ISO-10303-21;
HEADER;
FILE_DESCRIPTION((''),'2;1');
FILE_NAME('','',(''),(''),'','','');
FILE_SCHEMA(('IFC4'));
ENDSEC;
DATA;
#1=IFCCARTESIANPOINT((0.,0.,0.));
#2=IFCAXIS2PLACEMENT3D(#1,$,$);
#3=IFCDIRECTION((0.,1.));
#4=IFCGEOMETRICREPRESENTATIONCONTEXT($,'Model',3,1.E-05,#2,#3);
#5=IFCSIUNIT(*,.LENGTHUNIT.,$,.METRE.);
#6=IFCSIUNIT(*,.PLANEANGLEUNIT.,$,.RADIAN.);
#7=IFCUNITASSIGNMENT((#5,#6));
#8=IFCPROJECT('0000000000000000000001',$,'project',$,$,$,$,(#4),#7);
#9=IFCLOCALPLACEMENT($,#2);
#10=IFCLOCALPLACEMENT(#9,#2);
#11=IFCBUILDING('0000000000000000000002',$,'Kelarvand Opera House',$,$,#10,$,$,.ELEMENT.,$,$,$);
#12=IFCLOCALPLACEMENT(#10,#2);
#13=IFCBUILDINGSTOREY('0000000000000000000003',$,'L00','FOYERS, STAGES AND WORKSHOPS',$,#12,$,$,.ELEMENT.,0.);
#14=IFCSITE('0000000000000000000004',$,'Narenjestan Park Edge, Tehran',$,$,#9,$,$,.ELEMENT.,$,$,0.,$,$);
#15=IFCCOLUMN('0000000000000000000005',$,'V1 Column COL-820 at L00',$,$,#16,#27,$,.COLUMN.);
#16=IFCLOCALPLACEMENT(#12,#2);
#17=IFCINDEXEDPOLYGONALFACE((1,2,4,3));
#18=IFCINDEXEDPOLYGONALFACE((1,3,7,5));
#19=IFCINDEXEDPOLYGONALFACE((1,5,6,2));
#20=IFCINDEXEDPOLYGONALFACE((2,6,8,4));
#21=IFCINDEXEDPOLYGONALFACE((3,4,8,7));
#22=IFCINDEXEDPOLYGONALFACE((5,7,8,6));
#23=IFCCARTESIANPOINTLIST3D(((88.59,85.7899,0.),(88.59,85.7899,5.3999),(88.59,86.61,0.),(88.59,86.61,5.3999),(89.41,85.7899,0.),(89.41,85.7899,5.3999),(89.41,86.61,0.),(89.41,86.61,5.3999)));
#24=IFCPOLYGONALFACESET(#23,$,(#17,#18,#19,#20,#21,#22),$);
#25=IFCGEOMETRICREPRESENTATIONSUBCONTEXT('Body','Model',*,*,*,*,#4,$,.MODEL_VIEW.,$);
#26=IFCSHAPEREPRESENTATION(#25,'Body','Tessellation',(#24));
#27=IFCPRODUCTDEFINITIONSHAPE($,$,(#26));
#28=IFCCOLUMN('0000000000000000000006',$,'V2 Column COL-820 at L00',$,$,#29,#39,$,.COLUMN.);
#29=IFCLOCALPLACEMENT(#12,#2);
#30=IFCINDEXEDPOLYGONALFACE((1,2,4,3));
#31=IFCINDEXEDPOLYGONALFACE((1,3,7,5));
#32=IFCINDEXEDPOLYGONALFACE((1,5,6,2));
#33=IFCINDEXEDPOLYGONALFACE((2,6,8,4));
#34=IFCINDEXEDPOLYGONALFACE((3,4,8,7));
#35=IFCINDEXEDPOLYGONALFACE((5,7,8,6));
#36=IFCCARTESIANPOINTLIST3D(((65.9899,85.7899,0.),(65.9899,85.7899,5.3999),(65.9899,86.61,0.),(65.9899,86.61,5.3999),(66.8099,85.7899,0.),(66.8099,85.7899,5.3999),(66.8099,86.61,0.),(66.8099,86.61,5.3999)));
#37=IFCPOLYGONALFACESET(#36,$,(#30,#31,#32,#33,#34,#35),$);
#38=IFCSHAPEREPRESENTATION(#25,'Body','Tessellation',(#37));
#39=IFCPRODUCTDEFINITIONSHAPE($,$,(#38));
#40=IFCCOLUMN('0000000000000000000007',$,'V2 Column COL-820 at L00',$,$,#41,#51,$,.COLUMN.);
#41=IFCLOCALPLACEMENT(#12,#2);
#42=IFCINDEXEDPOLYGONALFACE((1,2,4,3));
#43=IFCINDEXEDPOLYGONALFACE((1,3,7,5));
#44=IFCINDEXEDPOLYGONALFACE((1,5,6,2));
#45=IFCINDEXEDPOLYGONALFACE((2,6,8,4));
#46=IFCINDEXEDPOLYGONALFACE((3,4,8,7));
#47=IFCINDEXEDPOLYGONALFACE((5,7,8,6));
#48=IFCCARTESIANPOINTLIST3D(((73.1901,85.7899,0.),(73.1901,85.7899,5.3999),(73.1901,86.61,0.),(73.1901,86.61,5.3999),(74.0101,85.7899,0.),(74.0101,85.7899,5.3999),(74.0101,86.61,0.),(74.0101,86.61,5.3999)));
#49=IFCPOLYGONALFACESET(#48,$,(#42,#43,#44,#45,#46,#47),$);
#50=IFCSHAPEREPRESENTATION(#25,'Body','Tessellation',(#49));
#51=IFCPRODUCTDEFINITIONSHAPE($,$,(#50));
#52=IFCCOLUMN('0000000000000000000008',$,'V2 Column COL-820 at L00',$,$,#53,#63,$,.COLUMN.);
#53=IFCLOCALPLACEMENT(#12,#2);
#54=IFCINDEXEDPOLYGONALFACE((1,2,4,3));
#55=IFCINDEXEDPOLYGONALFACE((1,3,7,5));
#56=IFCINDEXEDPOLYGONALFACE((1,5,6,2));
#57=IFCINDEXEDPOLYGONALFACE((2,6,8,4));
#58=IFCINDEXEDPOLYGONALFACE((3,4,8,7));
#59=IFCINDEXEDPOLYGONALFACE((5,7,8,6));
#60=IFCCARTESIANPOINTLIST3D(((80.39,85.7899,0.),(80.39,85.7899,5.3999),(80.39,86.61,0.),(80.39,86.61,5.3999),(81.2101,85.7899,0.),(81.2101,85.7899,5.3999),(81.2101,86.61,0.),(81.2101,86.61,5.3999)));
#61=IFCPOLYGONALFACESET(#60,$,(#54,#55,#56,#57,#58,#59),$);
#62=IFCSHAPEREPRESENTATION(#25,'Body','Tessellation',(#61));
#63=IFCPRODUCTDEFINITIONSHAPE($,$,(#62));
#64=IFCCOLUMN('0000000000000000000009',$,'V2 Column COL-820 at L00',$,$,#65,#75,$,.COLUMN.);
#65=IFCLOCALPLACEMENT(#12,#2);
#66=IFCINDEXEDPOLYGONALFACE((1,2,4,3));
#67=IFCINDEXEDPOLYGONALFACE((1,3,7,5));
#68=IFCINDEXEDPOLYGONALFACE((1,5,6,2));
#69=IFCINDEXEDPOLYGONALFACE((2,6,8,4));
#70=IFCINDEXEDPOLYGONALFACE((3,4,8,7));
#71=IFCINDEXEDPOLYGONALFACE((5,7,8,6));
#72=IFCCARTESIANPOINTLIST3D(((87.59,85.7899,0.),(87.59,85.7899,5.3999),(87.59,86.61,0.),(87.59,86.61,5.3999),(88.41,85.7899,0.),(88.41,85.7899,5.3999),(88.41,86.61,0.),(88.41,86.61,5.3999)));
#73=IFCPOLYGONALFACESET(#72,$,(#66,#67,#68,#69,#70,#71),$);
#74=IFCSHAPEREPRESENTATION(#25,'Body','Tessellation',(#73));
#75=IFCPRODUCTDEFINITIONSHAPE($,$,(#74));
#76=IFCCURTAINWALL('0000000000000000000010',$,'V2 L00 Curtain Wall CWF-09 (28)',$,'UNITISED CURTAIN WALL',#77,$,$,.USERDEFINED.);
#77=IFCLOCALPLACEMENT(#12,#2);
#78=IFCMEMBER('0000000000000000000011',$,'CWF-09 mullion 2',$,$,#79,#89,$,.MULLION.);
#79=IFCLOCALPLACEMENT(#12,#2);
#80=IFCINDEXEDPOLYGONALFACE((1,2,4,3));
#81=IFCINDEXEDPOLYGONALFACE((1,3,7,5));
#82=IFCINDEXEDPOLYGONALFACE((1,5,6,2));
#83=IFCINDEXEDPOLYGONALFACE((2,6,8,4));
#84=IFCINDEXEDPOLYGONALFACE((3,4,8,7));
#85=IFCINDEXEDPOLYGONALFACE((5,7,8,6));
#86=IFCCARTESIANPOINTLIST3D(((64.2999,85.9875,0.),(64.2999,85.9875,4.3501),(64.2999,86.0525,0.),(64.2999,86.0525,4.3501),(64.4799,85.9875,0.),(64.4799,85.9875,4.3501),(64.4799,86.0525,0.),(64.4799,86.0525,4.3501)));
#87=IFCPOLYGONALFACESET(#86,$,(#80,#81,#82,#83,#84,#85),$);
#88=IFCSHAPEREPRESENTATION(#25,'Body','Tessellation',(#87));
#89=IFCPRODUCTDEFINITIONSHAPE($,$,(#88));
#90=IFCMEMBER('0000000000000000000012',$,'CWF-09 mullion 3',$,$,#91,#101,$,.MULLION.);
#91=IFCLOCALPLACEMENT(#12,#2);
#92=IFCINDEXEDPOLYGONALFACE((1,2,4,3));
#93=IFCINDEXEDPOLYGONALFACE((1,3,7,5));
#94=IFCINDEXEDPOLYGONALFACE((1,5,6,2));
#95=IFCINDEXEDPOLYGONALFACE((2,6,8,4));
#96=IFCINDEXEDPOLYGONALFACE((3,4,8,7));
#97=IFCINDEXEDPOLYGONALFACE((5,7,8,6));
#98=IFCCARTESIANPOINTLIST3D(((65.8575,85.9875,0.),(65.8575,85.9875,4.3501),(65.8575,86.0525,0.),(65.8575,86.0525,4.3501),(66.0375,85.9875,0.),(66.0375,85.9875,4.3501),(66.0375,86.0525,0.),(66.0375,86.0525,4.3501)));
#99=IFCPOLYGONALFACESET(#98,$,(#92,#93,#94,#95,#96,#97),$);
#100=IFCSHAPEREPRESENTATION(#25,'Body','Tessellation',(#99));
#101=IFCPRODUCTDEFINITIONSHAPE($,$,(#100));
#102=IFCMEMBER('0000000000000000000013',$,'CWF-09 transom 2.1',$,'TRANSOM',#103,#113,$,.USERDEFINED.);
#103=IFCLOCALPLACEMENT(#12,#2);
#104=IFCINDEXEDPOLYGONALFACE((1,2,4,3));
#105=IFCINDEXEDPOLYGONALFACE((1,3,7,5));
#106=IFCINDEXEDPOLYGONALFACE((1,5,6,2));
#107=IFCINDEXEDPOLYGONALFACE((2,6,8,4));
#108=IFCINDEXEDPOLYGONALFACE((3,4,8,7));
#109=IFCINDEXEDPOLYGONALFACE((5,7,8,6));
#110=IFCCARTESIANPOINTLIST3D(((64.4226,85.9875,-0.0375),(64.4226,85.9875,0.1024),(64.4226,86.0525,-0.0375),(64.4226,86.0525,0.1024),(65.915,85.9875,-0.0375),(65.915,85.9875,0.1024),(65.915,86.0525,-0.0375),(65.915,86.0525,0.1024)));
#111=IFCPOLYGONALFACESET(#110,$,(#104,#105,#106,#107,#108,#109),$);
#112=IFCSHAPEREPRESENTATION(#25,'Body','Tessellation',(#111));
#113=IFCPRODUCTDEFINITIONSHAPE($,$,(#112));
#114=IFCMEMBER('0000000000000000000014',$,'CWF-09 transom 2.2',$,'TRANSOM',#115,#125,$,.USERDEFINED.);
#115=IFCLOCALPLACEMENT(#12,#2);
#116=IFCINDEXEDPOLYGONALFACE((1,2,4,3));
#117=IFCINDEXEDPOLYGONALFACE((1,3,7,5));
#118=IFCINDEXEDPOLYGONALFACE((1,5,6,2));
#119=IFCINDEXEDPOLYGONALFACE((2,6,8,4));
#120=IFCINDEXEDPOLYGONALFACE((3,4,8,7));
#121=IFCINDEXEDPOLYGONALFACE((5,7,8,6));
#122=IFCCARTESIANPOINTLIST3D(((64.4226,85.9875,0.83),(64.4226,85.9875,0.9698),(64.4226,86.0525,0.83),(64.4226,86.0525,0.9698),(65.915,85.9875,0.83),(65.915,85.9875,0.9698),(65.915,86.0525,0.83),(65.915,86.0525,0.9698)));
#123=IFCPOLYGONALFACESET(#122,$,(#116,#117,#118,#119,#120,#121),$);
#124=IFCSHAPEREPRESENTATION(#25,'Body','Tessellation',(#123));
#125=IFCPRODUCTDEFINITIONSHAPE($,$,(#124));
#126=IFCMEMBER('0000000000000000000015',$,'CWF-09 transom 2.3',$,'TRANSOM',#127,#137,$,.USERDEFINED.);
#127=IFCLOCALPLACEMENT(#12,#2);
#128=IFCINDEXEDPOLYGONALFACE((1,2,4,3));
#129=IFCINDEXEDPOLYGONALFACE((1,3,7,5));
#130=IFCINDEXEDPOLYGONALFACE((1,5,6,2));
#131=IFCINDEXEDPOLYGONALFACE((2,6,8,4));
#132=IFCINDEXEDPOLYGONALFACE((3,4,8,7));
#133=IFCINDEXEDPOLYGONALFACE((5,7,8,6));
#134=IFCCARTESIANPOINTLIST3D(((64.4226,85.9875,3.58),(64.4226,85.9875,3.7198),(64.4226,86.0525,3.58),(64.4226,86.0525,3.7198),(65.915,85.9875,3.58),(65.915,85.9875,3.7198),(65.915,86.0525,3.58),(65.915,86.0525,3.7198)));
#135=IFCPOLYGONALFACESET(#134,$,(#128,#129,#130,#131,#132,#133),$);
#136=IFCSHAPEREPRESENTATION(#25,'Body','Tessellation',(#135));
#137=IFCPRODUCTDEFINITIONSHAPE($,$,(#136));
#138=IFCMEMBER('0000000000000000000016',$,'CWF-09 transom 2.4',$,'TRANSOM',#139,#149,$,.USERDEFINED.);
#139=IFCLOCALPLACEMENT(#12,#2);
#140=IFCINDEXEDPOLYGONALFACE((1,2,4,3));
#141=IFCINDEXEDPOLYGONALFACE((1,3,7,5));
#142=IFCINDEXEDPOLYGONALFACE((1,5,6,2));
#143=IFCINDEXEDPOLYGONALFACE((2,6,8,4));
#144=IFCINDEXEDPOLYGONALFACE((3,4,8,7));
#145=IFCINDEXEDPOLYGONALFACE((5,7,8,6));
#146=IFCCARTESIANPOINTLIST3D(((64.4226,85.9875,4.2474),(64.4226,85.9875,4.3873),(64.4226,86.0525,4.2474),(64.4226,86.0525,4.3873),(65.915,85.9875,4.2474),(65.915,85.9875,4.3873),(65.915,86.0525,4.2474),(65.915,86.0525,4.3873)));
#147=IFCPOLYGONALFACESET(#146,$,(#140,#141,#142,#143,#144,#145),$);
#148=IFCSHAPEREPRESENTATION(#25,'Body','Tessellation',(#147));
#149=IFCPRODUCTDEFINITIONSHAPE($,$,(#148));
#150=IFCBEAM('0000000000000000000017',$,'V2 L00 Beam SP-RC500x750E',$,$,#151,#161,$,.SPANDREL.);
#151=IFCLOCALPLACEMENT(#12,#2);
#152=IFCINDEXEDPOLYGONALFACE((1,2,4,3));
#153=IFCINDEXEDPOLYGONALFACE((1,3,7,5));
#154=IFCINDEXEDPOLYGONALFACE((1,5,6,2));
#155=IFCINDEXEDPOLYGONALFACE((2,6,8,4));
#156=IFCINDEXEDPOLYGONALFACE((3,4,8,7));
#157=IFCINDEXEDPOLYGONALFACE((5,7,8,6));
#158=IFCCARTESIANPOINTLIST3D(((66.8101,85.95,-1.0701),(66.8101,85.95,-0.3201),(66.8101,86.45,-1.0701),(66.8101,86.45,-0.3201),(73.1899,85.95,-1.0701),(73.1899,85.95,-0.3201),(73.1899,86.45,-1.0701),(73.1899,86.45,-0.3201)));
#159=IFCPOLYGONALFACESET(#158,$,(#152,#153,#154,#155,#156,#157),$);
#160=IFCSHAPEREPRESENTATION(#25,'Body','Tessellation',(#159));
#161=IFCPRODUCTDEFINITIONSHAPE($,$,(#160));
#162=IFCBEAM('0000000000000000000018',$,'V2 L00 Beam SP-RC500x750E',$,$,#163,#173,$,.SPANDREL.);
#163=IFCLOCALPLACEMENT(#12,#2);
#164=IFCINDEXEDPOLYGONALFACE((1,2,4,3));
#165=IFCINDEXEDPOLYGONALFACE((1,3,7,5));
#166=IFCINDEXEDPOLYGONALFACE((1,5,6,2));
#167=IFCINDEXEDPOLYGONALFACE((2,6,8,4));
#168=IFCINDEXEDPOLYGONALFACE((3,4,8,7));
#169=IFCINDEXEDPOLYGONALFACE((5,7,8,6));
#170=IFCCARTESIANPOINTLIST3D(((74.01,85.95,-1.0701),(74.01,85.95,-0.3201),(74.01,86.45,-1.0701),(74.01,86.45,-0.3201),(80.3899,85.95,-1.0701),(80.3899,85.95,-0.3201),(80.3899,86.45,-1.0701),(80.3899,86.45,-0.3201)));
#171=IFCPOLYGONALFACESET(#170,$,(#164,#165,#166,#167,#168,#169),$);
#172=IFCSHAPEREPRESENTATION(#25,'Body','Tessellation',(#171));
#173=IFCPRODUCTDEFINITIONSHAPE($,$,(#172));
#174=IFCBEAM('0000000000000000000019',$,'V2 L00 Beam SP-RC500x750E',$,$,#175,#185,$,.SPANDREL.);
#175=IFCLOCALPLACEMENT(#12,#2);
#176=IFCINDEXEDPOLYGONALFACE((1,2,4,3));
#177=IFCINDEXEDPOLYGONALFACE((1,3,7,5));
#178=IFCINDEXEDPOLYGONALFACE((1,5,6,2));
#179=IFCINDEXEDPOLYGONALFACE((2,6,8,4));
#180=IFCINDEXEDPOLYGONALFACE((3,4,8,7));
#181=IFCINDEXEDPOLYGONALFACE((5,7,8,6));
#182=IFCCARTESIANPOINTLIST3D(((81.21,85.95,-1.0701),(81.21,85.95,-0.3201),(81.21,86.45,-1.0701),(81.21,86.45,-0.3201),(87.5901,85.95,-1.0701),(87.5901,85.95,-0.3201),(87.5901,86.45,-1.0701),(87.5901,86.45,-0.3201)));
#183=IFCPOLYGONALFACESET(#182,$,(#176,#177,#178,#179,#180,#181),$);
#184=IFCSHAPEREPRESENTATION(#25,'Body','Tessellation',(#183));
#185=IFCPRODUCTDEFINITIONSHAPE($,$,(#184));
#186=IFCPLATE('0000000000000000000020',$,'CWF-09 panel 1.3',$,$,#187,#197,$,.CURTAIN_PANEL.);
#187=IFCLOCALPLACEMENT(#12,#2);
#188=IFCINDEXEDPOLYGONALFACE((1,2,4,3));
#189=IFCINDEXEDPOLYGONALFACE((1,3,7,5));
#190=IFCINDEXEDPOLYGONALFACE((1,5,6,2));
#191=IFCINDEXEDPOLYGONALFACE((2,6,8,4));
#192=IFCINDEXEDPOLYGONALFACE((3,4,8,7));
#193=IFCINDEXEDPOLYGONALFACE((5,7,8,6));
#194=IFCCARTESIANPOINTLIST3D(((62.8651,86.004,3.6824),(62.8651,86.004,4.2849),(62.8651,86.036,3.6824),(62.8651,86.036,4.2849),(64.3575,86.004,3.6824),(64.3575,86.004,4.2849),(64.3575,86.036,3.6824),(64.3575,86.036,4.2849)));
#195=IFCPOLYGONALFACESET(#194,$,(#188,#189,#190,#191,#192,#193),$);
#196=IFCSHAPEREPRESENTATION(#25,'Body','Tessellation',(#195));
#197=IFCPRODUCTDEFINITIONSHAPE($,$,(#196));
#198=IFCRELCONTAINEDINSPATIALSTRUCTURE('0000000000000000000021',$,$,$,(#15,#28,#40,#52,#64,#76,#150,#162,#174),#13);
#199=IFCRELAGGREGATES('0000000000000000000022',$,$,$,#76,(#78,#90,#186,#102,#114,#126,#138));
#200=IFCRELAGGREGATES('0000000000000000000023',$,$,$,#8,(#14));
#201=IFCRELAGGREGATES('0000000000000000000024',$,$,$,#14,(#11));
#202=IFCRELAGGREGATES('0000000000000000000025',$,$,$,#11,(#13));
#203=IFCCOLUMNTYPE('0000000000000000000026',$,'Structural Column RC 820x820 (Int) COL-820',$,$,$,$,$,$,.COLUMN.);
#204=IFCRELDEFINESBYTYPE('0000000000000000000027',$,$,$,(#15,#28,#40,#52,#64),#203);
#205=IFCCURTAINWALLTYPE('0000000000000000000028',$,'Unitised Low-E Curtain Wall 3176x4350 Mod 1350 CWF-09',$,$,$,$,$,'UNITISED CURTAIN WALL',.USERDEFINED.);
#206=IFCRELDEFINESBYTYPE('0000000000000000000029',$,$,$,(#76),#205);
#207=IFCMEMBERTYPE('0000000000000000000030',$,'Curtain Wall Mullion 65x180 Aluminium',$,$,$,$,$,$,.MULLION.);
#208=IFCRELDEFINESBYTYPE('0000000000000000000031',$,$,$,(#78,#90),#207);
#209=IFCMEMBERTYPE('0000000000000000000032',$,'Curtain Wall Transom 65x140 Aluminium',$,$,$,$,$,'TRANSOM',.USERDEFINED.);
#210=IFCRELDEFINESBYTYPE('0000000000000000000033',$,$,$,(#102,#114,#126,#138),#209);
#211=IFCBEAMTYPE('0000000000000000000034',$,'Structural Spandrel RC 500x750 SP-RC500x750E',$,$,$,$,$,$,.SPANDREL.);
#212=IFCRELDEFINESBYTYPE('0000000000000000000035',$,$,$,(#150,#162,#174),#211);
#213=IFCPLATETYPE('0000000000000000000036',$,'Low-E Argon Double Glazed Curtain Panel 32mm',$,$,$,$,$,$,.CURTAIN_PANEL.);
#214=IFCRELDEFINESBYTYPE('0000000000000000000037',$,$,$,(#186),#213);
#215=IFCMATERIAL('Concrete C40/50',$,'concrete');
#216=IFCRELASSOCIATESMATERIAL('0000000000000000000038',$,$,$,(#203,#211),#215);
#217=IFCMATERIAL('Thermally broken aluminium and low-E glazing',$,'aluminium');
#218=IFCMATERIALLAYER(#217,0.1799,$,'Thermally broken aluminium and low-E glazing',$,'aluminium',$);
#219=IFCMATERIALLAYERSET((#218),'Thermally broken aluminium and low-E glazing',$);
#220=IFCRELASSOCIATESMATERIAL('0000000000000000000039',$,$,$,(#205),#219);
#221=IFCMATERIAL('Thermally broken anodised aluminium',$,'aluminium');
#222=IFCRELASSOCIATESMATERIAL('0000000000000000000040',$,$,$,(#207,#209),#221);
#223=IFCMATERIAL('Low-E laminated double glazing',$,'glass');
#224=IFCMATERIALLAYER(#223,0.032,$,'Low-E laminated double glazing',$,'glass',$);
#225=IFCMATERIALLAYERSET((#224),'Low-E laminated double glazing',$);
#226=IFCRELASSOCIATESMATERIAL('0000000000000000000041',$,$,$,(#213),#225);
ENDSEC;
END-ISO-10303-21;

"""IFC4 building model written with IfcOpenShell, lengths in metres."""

from ifc_helpers import new_model, si_unit, direction, frame, origin, origin_2d, place, context, subcontext, project, spatial, rectangle, extrude, material, layer, layer_set, material_profile, profile_set, type_object, element, aggregate, save


model = new_model("IFC4")

# Units and contexts
model_context = context("Model", 3, precision=1e-05, world=origin(), true_north=direction((0.0, 1.0)))
body_context = subcontext(model_context, "Body", "Model", "MODEL_VIEW")
ifc_project = project(units=[si_unit("LENGTHUNIT", "METRE"), si_unit("PLANEANGLEUNIT", "RADIAN")], contexts=[model_context])

# Site, building, storey
site_placement = place(None, origin())
site = spatial("IfcSite", under=ifc_project, at=site_placement, Name="Narenjestan Park Edge, Tehran", CompositionType="ELEMENT", RefElevation=0.0)
building_placement = place(site_placement, origin())
building = spatial("IfcBuilding", under=site, at=building_placement, Name="Kelarvand Opera House", CompositionType="ELEMENT")
storey_placement = place(building_placement, origin())
storey = spatial("IfcBuildingStorey", under=building, at=storey_placement, Name="L00", Description="FOYERS, STAGES AND WORKSHOPS", CompositionType="ELEMENT", Elevation=0.0)

# Columns
ifc_material_1 = material(Name="Concrete C40/50", Category="concrete")
ifc_material_profile_1 = material_profile(ifc_material_1, rectangle(XDim=0.8201, YDim=0.8201, at=origin_2d()), Name="RC 820x820", Category="concrete")
ifc_profile_set_1 = profile_set([ifc_material_profile_1], Name="Concrete C40/50")
column_type = type_object("IfcColumnType", Name="Structural Column RC 820x820 (Int) COL-820", PredefinedType="COLUMN", material=ifc_profile_set_1)
for number, where, z_axis, x_axis, name in (
    (1, (89.0, 86.2, 0.0), (0.0, 0.0, 1.0), (1.0, 0.0, 0.0), "V1 Column COL-820 at L00"),
    (2, (66.3999, 86.2, 0.0), (0.0, 0.0, 1.0), (1.0, 0.0, 0.0), "V2 Column COL-820 at L00"),
    (3, (73.6001, 86.2, 0.0), (0.0, 0.0, 1.0), (1.0, 0.0, 0.0), "V2 Column COL-820 at L00"),
    (4, (80.8, 86.2, 0.0), (0.0, 0.0, 1.0), (1.0, 0.0, 0.0), "V2 Column COL-820 at L00"),
    (5, (88.0, 86.2, 0.0), (0.0, 0.0, 1.0), (1.0, 0.0, 0.0), "V2 Column COL-820 at L00"),
):
    element("IfcColumn", number, at=place(storey_placement, frame(where, z_axis=z_axis, x_axis=x_axis)), inside=storey, type_object=column_type, Name=name, PredefinedType="COLUMN", context=body_context, shape_type="SweptSolid", body=[
        extrude(rectangle(XDim=0.8201, YDim=0.8201, at=origin_2d()), origin(), (0.0, 0.0, 1.0), 5.3999),
    ])

# Curtain wall, members
ifc_material_2 = material(Name="Thermally broken aluminium and low-E glazing", Category="aluminium")
ifc_layer_1 = layer(ifc_material_2, 0.1799, Name="Thermally broken aluminium and low-E glazing", Category="aluminium")
ifc_layer_set_1 = layer_set([ifc_layer_1], Name="Thermally broken aluminium and low-E glazing")
curtain_wall_type = type_object("IfcCurtainWallType", Name="Unitised Low-E Curtain Wall 3176x4350 Mod 1350 CWF-09", ElementType="UNITISED CURTAIN WALL", PredefinedType="USERDEFINED", material=ifc_layer_set_1)
curtain_wall_placement = place(storey_placement, origin())
curtain_wall = element("IfcCurtainWall", 6, at=curtain_wall_placement, inside=storey, type_object=curtain_wall_type, Name="V2 L00 Curtain Wall CWF-09 (28)", ObjectType="UNITISED CURTAIN WALL", PredefinedType="USERDEFINED")
ifc_material_3 = material(Name="Thermally broken anodised aluminium", Category="aluminium")
ifc_material_profile_2 = material_profile(ifc_material_3, rectangle(XDim=0.0649, YDim=0.1799, at=origin_2d()), Name="ALU MULLION 65x180", Category="aluminium")
ifc_profile_set_2 = profile_set([ifc_material_profile_2], Name="Thermally broken anodised aluminium")
member_type_1 = type_object("IfcMemberType", Name="Curtain Wall Mullion 65x180 Aluminium", PredefinedType="MULLION", material=ifc_profile_set_2)
member_1_placement = place(storey_placement, frame((64.3899, 86.02, 0.0), z_axis=(0.0, 0.0, 1.0), x_axis=(0.0, 1.0, 0.0)))
member_1 = element("IfcMember", 7, at=member_1_placement, type_object=member_type_1, Name="CWF-09 mullion 2", PredefinedType="MULLION", context=body_context, shape_type="SweptSolid", body=[
    extrude(rectangle(XDim=0.0649, YDim=0.1799, at=origin_2d()), origin(), (0.0, 0.0, 1.0), 4.3501),
])
member_2_placement = place(storey_placement, frame((65.9475, 86.02, 0.0), z_axis=(0.0, 0.0, 1.0), x_axis=(0.0, 1.0, 0.0)))
member_2 = element("IfcMember", 8, at=member_2_placement, type_object=member_type_1, Name="CWF-09 mullion 3", PredefinedType="MULLION", context=body_context, shape_type="SweptSolid", body=[
    extrude(rectangle(XDim=0.0649, YDim=0.1799, at=origin_2d()), origin(), (0.0, 0.0, 1.0), 4.3501),
])
ifc_material_profile_3 = material_profile(ifc_material_3, rectangle(XDim=0.0649, YDim=0.1399, at=origin_2d()), Name="ALU TRANSOM 65x140", Category="aluminium")
ifc_profile_set_3 = profile_set([ifc_material_profile_3], Name="Thermally broken anodised aluminium")
member_type_2 = type_object("IfcMemberType", Name="Curtain Wall Transom 65x140 Aluminium", ElementType="TRANSOM", PredefinedType="USERDEFINED", material=ifc_profile_set_3)
member_3_placement = place(storey_placement, frame((64.4226, 86.02, 0.0325), z_axis=(1.0, 0.0, 0.0), x_axis=(0.0, 1.0, 0.0)))
member_3 = element("IfcMember", 9, at=member_3_placement, type_object=member_type_2, Name="CWF-09 transom 2.1", ObjectType="TRANSOM", PredefinedType="USERDEFINED", context=body_context, shape_type="SweptSolid", body=[
    extrude(rectangle(XDim=0.0649, YDim=0.1399, at=origin_2d()), origin(), (0.0, 0.0, 1.0), 1.4924),
])
member_4_placement = place(storey_placement, frame((64.4226, 86.02, 0.8999), z_axis=(1.0, 0.0, 0.0), x_axis=(0.0, 1.0, 0.0)))
member_4 = element("IfcMember", 10, at=member_4_placement, type_object=member_type_2, Name="CWF-09 transom 2.2", ObjectType="TRANSOM", PredefinedType="USERDEFINED", context=body_context, shape_type="SweptSolid", body=[
    extrude(rectangle(XDim=0.0649, YDim=0.1399, at=origin_2d()), origin(), (0.0, 0.0, 1.0), 1.4924),
])
member_5_placement = place(storey_placement, frame((64.4226, 86.02, 3.6499), z_axis=(1.0, 0.0, 0.0), x_axis=(0.0, 1.0, 0.0)))
member_5 = element("IfcMember", 11, at=member_5_placement, type_object=member_type_2, Name="CWF-09 transom 2.3", ObjectType="TRANSOM", PredefinedType="USERDEFINED", context=body_context, shape_type="SweptSolid", body=[
    extrude(rectangle(XDim=0.0649, YDim=0.1399, at=origin_2d()), origin(), (0.0, 0.0, 1.0), 1.4924),
])
member_6_placement = place(storey_placement, frame((64.4226, 86.02, 4.3174), z_axis=(1.0, 0.0, 0.0), x_axis=(0.0, 1.0, 0.0)))
member_6 = element("IfcMember", 12, at=member_6_placement, type_object=member_type_2, Name="CWF-09 transom 2.4", ObjectType="TRANSOM", PredefinedType="USERDEFINED", context=body_context, shape_type="SweptSolid", body=[
    extrude(rectangle(XDim=0.0649, YDim=0.1399, at=origin_2d()), origin(), (0.0, 0.0, 1.0), 1.4924),
])

# Beams
ifc_material_profile_4 = material_profile(ifc_material_1, rectangle(XDim=0.5, YDim=0.75, at=origin_2d()), Name="RC 500x750", Category="concrete")
ifc_profile_set_4 = profile_set([ifc_material_profile_4], Name="Concrete C40/50")
beam_type = type_object("IfcBeamType", Name="Structural Spandrel RC 500x750 SP-RC500x750E", PredefinedType="SPANDREL", material=ifc_profile_set_4)
for number, where, z_axis, x_axis, name in (
    (13, (66.8101, 86.2, -0.6951), (1.0, 0.0, 0.0), (0.0, 1.0, 0.0), "V2 L00 Beam SP-RC500x750E"),
    (14, (74.01, 86.2, -0.6951), (1.0, 0.0, 0.0), (0.0, 1.0, 0.0), "V2 L00 Beam SP-RC500x750E"),
):
    element("IfcBeam", number, at=place(storey_placement, frame(where, z_axis=z_axis, x_axis=x_axis)), inside=storey, type_object=beam_type, Name=name, PredefinedType="SPANDREL", context=body_context, shape_type="SweptSolid", body=[
        extrude(rectangle(XDim=0.5, YDim=0.75, at=origin_2d()), origin(), (0.0, 0.0, 1.0), 6.3799),
    ])
beam_placement = place(storey_placement, frame((81.21, 86.2, -0.6951), z_axis=(1.0, 0.0, 0.0), x_axis=(0.0, 1.0, 0.0)))
element("IfcBeam", 15, at=beam_placement, inside=storey, type_object=beam_type, Name="V2 L00 Beam SP-RC500x750E", PredefinedType="SPANDREL", context=body_context, shape_type="SweptSolid", body=[
    extrude(rectangle(XDim=0.5, YDim=0.75, at=origin_2d()), origin(), (0.0, 0.0, 1.0), 6.3801),
])

# Plate
ifc_material_4 = material(Name="Low-E laminated double glazing", Category="glass")
ifc_layer_2 = layer(ifc_material_4, 0.032, Name="Low-E laminated double glazing", Category="glass")
ifc_layer_set_2 = layer_set([ifc_layer_2], Name="Low-E laminated double glazing")
plate_type = type_object("IfcPlateType", Name="Low-E Argon Double Glazed Curtain Panel 32mm", PredefinedType="CURTAIN_PANEL", material=ifc_layer_set_2)
plate_1_placement = place(storey_placement, frame((63.6113, 86.02, 3.6824), z_axis=(0.0, 0.0, 1.0), x_axis=(1.0, 0.0, 0.0)))
plate_1 = element("IfcPlate", 16, at=plate_1_placement, type_object=plate_type, Name="CWF-09 panel 1.3", PredefinedType="CURTAIN_PANEL", context=body_context, shape_type="SweptSolid", body=[
    extrude(rectangle(XDim=1.4924, YDim=0.032, at=origin_2d()), origin(), (0.0, 0.0, 1.0), 0.6025),
])
aggregate(curtain_wall, [member_1, member_2, plate_1, member_3, member_4, member_5, member_6])

save(model, "model.ifc")
